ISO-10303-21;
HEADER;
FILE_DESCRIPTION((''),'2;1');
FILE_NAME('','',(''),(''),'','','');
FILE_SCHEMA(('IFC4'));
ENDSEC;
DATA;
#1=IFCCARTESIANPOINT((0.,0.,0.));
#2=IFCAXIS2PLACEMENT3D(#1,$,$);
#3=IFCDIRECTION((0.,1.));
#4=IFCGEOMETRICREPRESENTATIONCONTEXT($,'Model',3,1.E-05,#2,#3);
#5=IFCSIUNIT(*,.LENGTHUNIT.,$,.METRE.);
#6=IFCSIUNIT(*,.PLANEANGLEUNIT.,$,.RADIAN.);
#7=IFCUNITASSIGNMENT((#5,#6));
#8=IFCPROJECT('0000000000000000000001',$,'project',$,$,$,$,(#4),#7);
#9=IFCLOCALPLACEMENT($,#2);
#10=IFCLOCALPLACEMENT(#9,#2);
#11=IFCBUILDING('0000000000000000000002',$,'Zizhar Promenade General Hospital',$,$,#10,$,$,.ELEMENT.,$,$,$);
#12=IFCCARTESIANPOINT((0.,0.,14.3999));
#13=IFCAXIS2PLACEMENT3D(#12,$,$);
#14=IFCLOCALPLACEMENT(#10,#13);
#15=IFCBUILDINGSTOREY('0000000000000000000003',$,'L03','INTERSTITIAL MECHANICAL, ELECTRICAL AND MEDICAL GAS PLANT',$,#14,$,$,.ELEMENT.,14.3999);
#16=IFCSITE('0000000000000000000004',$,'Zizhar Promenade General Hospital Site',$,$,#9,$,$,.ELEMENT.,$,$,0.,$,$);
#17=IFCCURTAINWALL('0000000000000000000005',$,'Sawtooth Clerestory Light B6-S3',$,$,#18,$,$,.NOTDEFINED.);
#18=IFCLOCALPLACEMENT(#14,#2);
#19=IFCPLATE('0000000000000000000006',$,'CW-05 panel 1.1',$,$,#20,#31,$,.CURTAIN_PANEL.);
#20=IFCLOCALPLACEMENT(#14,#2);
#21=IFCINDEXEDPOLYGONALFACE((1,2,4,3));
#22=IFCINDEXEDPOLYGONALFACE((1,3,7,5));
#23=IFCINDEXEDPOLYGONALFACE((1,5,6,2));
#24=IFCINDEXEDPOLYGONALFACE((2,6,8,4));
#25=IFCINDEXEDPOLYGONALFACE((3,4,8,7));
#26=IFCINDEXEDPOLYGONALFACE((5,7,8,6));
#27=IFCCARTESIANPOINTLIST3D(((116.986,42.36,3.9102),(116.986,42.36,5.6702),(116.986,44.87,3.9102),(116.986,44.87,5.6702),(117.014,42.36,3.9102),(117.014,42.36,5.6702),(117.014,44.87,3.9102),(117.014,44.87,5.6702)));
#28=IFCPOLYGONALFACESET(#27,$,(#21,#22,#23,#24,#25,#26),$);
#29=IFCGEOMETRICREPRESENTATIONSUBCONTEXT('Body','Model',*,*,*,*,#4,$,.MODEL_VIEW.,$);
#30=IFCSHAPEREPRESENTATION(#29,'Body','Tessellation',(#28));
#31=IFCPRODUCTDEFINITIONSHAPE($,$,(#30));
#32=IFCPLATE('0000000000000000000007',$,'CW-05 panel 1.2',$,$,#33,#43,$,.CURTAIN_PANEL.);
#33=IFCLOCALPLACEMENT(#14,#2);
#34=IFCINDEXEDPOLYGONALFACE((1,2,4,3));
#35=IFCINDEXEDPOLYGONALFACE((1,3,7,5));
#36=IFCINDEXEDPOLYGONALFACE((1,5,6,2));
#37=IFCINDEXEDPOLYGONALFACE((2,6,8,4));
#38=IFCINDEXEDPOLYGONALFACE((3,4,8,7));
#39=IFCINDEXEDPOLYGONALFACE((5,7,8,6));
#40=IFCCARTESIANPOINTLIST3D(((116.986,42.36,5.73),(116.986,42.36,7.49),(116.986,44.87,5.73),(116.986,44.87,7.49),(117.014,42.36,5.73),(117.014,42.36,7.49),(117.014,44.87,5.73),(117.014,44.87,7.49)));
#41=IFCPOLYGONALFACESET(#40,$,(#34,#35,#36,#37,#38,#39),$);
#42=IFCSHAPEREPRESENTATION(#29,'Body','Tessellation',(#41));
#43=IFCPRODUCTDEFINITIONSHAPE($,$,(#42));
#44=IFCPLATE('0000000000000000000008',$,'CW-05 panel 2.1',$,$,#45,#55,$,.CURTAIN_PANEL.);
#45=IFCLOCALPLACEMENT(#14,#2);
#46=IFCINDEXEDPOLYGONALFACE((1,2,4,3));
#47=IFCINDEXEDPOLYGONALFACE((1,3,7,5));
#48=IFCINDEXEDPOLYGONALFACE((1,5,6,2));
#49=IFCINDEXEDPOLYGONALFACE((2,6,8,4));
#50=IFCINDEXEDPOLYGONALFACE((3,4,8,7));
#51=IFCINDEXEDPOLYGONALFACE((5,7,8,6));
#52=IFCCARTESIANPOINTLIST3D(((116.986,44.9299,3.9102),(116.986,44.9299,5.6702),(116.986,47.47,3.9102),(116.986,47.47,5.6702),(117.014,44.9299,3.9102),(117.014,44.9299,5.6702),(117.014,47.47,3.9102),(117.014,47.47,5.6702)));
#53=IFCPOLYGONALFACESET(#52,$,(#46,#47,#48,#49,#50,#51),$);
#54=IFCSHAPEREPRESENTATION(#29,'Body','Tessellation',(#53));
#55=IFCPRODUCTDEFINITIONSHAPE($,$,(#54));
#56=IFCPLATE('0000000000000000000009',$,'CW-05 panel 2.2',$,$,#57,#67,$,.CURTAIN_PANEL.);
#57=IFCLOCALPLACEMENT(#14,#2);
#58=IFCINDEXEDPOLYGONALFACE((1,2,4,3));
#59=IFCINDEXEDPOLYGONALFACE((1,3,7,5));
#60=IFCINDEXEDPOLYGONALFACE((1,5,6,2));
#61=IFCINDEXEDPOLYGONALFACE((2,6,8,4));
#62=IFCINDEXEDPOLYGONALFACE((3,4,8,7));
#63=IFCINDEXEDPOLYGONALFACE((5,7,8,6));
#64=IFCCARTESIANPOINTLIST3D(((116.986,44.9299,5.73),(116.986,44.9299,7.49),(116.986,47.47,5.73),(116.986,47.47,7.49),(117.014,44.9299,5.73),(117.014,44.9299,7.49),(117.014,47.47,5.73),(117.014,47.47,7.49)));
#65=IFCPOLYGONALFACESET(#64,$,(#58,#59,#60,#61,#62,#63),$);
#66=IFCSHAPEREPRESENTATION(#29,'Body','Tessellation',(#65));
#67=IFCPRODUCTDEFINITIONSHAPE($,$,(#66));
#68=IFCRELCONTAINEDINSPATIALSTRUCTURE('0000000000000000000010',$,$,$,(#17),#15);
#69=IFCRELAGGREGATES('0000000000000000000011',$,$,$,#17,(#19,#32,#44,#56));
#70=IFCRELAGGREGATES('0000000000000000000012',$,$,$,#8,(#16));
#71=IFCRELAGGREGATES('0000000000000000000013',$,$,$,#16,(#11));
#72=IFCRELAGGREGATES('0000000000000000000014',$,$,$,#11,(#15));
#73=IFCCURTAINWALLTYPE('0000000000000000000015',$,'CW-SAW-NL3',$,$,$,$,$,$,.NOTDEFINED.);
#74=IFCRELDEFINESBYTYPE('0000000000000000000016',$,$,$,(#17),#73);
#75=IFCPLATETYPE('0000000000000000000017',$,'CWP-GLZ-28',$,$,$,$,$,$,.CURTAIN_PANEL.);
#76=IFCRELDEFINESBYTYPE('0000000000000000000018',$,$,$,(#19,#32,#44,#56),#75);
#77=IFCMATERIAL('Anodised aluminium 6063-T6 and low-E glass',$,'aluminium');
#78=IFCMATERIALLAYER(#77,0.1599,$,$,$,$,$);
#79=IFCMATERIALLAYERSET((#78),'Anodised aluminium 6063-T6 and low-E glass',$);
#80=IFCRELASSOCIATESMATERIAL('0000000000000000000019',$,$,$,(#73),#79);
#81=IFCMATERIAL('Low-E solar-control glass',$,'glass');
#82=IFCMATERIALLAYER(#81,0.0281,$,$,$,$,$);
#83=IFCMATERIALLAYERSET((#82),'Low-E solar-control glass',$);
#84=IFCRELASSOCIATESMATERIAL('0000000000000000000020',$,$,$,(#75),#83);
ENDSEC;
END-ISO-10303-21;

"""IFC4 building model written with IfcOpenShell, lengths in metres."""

from ifc_helpers import new_model, si_unit, direction, frame, origin, origin_2d, place, context, subcontext, project, spatial, rectangle, extrude, material, layer, layer_set, type_object, element, aggregate, save


model = new_model("IFC4")

# Units and contexts
model_context = context("Model", 3, precision=1e-05, world=origin(), true_north=direction((0.0, 1.0)))
body_context = subcontext(model_context, "Body", "Model", "MODEL_VIEW")
ifc_project = project(units=[si_unit("LENGTHUNIT", "METRE"), si_unit("PLANEANGLEUNIT", "RADIAN")], contexts=[model_context])

# Site, building, storey
site_placement = place(None, origin())
site = spatial("IfcSite", under=ifc_project, at=site_placement, Name="Zizhar Promenade General Hospital Site", CompositionType="ELEMENT", RefElevation=0.0)
building_placement = place(site_placement, origin())
building = spatial("IfcBuilding", under=site, at=building_placement, Name="Zizhar Promenade General Hospital", CompositionType="ELEMENT")
storey_placement = place(building_placement, frame((0.0, 0.0, 14.3999)))
storey = spatial("IfcBuildingStorey", under=building, at=storey_placement, Name="L03", Description="INTERSTITIAL MECHANICAL, ELECTRICAL AND MEDICAL GAS PLANT", CompositionType="ELEMENT", Elevation=14.3999)

# Curtain wall
ifc_material_1 = material(Name="Anodised aluminium 6063-T6 and low-E glass", Category="aluminium")
ifc_layer_1 = layer(ifc_material_1, 0.1599)
ifc_layer_set_1 = layer_set([ifc_layer_1], Name="Anodised aluminium 6063-T6 and low-E glass")
curtain_wall_type = type_object("IfcCurtainWallType", Name="CW-SAW-NL3", PredefinedType="NOTDEFINED", material=ifc_layer_set_1)
curtain_wall_1_placement = place(storey_placement, origin())
curtain_wall_1 = element("IfcCurtainWall", 1, at=curtain_wall_1_placement, inside=storey, type_object=curtain_wall_type, Name="Sawtooth Clerestory Light B6-S3", PredefinedType="NOTDEFINED")

# Plates
ifc_material_2 = material(Name="Low-E solar-control glass", Category="glass")
ifc_layer_2 = layer(ifc_material_2, 0.0281)
ifc_layer_set_2 = layer_set([ifc_layer_2], Name="Low-E solar-control glass")
plate_type = type_object("IfcPlateType", Name="CWP-GLZ-28", PredefinedType="CURTAIN_PANEL", material=ifc_layer_set_2)
plate_1_placement = place(storey_placement, frame((117.0, 43.615, 3.9102), z_axis=(0.0, 0.0, 1.0), x_axis=(0.0, 1.0, 0.0)))
plate_1 = element("IfcPlate", 2, at=plate_1_placement, type_object=plate_type, Name="CW-05 panel 1.1", PredefinedType="CURTAIN_PANEL", context=body_context, shape_type="SweptSolid", body=[
    extrude(rectangle(XDim=2.51, YDim=0.0281, at=origin_2d()), origin(), (0.0, 0.0, 1.0), 1.76),
])
plate_2_placement = place(storey_placement, frame((117.0, 43.615, 5.73), z_axis=(0.0, 0.0, 1.0), x_axis=(0.0, 1.0, 0.0)))
plate_2 = element("IfcPlate", 3, at=plate_2_placement, type_object=plate_type, Name="CW-05 panel 1.2", PredefinedType="CURTAIN_PANEL", context=body_context, shape_type="SweptSolid", body=[
    extrude(rectangle(XDim=2.51, YDim=0.0281, at=origin_2d()), origin(), (0.0, 0.0, 1.0), 1.76),
])
plate_3_placement = place(storey_placement, frame((117.0, 46.2, 3.9102), z_axis=(0.0, 0.0, 1.0), x_axis=(0.0, 1.0, 0.0)))
plate_3 = element("IfcPlate", 4, at=plate_3_placement, type_object=plate_type, Name="CW-05 panel 2.1", PredefinedType="CURTAIN_PANEL", context=body_context, shape_type="SweptSolid", body=[
    extrude(rectangle(XDim=2.54, YDim=0.0281, at=origin_2d()), origin(), (0.0, 0.0, 1.0), 1.76),
])
plate_4_placement = place(storey_placement, frame((117.0, 46.2, 5.73), z_axis=(0.0, 0.0, 1.0), x_axis=(0.0, 1.0, 0.0)))
plate_4 = element("IfcPlate", 5, at=plate_4_placement, type_object=plate_type, Name="CW-05 panel 2.2", PredefinedType="CURTAIN_PANEL", context=body_context, shape_type="SweptSolid", body=[
    extrude(rectangle(XDim=2.54, YDim=0.0281, at=origin_2d()), origin(), (0.0, 0.0, 1.0), 1.76),
])
aggregate(curtain_wall_1, [plate_1, plate_2, plate_3, plate_4])

save(model, "model.ifc")
